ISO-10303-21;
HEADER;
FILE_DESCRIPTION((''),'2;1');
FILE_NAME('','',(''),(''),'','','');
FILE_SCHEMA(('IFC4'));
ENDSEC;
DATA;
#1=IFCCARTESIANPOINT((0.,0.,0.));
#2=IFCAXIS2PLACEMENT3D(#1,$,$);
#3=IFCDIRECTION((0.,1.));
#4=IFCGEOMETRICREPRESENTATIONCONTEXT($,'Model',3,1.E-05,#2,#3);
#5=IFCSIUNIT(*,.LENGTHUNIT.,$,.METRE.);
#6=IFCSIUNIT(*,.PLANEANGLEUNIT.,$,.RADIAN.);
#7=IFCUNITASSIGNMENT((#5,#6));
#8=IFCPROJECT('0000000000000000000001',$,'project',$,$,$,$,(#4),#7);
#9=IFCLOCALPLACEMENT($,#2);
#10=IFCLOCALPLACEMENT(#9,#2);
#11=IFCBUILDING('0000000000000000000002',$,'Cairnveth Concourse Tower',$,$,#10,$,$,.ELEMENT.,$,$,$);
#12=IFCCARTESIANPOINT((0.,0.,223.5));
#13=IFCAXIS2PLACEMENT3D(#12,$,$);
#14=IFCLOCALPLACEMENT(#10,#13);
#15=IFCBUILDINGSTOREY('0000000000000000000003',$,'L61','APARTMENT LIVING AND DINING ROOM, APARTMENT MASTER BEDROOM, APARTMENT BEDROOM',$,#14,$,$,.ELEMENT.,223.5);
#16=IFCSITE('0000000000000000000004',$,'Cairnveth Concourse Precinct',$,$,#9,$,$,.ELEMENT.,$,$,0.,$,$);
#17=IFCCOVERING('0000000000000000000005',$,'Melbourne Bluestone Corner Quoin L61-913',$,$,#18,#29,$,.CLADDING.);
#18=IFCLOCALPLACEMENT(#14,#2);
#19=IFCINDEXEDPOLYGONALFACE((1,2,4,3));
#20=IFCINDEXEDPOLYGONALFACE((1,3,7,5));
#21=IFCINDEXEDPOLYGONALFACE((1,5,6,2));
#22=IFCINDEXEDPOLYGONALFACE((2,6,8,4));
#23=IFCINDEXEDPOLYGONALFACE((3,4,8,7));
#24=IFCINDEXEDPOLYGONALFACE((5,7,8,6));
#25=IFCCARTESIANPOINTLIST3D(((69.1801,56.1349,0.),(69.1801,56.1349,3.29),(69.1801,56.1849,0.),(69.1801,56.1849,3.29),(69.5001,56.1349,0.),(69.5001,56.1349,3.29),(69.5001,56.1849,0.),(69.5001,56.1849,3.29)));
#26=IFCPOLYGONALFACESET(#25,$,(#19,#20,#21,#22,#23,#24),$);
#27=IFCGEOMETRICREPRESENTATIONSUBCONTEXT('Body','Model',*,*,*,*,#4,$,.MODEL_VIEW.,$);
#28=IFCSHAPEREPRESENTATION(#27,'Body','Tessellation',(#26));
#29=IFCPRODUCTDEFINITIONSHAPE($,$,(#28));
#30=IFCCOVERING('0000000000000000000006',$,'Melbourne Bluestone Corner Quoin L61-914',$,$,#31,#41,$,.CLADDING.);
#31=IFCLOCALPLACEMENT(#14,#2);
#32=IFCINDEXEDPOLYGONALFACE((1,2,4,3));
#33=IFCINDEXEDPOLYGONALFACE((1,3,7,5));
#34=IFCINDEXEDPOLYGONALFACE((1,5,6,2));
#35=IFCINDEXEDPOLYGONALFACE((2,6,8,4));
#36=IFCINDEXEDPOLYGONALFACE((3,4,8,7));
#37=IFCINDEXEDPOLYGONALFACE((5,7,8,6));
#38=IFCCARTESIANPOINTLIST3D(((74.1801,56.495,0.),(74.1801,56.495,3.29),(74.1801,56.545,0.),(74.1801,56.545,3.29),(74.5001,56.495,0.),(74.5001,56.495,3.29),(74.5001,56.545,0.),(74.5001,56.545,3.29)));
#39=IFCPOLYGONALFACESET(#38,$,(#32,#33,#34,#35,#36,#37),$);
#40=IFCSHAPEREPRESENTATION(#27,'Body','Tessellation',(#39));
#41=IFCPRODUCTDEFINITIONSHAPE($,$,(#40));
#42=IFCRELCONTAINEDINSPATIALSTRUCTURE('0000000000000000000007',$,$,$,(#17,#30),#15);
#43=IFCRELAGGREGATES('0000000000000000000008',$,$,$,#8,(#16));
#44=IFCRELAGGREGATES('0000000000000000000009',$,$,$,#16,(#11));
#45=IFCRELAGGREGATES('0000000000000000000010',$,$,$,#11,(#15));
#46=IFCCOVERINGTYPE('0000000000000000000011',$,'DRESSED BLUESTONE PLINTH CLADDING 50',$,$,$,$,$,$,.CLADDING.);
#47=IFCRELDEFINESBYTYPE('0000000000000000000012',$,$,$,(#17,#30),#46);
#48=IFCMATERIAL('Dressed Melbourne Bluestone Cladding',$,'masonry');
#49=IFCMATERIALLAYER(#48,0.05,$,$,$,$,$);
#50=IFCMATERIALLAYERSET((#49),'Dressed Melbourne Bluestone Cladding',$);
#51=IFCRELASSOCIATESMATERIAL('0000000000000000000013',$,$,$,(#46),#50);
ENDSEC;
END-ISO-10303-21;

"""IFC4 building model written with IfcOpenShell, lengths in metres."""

from ifc_helpers import new_model, si_unit, direction, frame, frame_2d, origin, place, context, subcontext, project, spatial, rectangle, extrude, material, layer, layer_set, type_object, element, save


model = new_model("IFC4")

# Units and contexts
model_context = context("Model", 3, precision=1e-05, world=origin(), true_north=direction((0.0, 1.0)))
body_context = subcontext(model_context, "Body", "Model", "MODEL_VIEW")
ifc_project = project(units=[si_unit("LENGTHUNIT", "METRE"), si_unit("PLANEANGLEUNIT", "RADIAN")], contexts=[model_context])

# Site, building, storey
site_placement = place(None, origin())
site = spatial("IfcSite", under=ifc_project, at=site_placement, Name="Cairnveth Concourse Precinct", CompositionType="ELEMENT", RefElevation=0.0)
building_placement = place(site_placement, origin())
building = spatial("IfcBuilding", under=site, at=building_placement, Name="Cairnveth Concourse Tower", CompositionType="ELEMENT")
storey_placement = place(building_placement, frame((0.0, 0.0, 223.5)))
storey = spatial("IfcBuildingStorey", under=building, at=storey_placement, Name="L61", Description="APARTMENT LIVING AND DINING ROOM, APARTMENT MASTER BEDROOM, APARTMENT BEDROOM", CompositionType="ELEMENT", Elevation=223.5)

# Coverings
ifc_material_1 = material(Name="Dressed Melbourne Bluestone Cladding", Category="masonry")
ifc_layer_1 = layer(ifc_material_1, 0.05)
ifc_layer_set_1 = layer_set([ifc_layer_1], Name="Dressed Melbourne Bluestone Cladding")
covering_type = type_object("IfcCoveringType", Name="DRESSED BLUESTONE PLINTH CLADDING 50", PredefinedType="CLADDING", material=ifc_layer_set_1)
for number, where, z_axis, x_axis, name in (
    (1, (69.1799, 56.1599, 0.0), (0.0, 0.0, 1.0), (1.0, 0.0, 0.0), "Melbourne Bluestone Corner Quoin L61-913"),
    (2, (74.1799, 56.52, 0.0), (0.0, 0.0, 1.0), (1.0, 0.0, 0.0), "Melbourne Bluestone Corner Quoin L61-914"),
):
    element("IfcCovering", number, at=place(storey_placement, frame(where, z_axis=z_axis, x_axis=x_axis)), inside=storey, type_object=covering_type, Name=name, PredefinedType="CLADDING", context=body_context, shape_type="SweptSolid", body=[
        extrude(rectangle(XDim=0.3201, YDim=0.05, at=frame_2d((0.1602, 0.0))), origin(), (0.0, 0.0, 1.0), 3.29),
    ])

save(model, "model.ifc")
